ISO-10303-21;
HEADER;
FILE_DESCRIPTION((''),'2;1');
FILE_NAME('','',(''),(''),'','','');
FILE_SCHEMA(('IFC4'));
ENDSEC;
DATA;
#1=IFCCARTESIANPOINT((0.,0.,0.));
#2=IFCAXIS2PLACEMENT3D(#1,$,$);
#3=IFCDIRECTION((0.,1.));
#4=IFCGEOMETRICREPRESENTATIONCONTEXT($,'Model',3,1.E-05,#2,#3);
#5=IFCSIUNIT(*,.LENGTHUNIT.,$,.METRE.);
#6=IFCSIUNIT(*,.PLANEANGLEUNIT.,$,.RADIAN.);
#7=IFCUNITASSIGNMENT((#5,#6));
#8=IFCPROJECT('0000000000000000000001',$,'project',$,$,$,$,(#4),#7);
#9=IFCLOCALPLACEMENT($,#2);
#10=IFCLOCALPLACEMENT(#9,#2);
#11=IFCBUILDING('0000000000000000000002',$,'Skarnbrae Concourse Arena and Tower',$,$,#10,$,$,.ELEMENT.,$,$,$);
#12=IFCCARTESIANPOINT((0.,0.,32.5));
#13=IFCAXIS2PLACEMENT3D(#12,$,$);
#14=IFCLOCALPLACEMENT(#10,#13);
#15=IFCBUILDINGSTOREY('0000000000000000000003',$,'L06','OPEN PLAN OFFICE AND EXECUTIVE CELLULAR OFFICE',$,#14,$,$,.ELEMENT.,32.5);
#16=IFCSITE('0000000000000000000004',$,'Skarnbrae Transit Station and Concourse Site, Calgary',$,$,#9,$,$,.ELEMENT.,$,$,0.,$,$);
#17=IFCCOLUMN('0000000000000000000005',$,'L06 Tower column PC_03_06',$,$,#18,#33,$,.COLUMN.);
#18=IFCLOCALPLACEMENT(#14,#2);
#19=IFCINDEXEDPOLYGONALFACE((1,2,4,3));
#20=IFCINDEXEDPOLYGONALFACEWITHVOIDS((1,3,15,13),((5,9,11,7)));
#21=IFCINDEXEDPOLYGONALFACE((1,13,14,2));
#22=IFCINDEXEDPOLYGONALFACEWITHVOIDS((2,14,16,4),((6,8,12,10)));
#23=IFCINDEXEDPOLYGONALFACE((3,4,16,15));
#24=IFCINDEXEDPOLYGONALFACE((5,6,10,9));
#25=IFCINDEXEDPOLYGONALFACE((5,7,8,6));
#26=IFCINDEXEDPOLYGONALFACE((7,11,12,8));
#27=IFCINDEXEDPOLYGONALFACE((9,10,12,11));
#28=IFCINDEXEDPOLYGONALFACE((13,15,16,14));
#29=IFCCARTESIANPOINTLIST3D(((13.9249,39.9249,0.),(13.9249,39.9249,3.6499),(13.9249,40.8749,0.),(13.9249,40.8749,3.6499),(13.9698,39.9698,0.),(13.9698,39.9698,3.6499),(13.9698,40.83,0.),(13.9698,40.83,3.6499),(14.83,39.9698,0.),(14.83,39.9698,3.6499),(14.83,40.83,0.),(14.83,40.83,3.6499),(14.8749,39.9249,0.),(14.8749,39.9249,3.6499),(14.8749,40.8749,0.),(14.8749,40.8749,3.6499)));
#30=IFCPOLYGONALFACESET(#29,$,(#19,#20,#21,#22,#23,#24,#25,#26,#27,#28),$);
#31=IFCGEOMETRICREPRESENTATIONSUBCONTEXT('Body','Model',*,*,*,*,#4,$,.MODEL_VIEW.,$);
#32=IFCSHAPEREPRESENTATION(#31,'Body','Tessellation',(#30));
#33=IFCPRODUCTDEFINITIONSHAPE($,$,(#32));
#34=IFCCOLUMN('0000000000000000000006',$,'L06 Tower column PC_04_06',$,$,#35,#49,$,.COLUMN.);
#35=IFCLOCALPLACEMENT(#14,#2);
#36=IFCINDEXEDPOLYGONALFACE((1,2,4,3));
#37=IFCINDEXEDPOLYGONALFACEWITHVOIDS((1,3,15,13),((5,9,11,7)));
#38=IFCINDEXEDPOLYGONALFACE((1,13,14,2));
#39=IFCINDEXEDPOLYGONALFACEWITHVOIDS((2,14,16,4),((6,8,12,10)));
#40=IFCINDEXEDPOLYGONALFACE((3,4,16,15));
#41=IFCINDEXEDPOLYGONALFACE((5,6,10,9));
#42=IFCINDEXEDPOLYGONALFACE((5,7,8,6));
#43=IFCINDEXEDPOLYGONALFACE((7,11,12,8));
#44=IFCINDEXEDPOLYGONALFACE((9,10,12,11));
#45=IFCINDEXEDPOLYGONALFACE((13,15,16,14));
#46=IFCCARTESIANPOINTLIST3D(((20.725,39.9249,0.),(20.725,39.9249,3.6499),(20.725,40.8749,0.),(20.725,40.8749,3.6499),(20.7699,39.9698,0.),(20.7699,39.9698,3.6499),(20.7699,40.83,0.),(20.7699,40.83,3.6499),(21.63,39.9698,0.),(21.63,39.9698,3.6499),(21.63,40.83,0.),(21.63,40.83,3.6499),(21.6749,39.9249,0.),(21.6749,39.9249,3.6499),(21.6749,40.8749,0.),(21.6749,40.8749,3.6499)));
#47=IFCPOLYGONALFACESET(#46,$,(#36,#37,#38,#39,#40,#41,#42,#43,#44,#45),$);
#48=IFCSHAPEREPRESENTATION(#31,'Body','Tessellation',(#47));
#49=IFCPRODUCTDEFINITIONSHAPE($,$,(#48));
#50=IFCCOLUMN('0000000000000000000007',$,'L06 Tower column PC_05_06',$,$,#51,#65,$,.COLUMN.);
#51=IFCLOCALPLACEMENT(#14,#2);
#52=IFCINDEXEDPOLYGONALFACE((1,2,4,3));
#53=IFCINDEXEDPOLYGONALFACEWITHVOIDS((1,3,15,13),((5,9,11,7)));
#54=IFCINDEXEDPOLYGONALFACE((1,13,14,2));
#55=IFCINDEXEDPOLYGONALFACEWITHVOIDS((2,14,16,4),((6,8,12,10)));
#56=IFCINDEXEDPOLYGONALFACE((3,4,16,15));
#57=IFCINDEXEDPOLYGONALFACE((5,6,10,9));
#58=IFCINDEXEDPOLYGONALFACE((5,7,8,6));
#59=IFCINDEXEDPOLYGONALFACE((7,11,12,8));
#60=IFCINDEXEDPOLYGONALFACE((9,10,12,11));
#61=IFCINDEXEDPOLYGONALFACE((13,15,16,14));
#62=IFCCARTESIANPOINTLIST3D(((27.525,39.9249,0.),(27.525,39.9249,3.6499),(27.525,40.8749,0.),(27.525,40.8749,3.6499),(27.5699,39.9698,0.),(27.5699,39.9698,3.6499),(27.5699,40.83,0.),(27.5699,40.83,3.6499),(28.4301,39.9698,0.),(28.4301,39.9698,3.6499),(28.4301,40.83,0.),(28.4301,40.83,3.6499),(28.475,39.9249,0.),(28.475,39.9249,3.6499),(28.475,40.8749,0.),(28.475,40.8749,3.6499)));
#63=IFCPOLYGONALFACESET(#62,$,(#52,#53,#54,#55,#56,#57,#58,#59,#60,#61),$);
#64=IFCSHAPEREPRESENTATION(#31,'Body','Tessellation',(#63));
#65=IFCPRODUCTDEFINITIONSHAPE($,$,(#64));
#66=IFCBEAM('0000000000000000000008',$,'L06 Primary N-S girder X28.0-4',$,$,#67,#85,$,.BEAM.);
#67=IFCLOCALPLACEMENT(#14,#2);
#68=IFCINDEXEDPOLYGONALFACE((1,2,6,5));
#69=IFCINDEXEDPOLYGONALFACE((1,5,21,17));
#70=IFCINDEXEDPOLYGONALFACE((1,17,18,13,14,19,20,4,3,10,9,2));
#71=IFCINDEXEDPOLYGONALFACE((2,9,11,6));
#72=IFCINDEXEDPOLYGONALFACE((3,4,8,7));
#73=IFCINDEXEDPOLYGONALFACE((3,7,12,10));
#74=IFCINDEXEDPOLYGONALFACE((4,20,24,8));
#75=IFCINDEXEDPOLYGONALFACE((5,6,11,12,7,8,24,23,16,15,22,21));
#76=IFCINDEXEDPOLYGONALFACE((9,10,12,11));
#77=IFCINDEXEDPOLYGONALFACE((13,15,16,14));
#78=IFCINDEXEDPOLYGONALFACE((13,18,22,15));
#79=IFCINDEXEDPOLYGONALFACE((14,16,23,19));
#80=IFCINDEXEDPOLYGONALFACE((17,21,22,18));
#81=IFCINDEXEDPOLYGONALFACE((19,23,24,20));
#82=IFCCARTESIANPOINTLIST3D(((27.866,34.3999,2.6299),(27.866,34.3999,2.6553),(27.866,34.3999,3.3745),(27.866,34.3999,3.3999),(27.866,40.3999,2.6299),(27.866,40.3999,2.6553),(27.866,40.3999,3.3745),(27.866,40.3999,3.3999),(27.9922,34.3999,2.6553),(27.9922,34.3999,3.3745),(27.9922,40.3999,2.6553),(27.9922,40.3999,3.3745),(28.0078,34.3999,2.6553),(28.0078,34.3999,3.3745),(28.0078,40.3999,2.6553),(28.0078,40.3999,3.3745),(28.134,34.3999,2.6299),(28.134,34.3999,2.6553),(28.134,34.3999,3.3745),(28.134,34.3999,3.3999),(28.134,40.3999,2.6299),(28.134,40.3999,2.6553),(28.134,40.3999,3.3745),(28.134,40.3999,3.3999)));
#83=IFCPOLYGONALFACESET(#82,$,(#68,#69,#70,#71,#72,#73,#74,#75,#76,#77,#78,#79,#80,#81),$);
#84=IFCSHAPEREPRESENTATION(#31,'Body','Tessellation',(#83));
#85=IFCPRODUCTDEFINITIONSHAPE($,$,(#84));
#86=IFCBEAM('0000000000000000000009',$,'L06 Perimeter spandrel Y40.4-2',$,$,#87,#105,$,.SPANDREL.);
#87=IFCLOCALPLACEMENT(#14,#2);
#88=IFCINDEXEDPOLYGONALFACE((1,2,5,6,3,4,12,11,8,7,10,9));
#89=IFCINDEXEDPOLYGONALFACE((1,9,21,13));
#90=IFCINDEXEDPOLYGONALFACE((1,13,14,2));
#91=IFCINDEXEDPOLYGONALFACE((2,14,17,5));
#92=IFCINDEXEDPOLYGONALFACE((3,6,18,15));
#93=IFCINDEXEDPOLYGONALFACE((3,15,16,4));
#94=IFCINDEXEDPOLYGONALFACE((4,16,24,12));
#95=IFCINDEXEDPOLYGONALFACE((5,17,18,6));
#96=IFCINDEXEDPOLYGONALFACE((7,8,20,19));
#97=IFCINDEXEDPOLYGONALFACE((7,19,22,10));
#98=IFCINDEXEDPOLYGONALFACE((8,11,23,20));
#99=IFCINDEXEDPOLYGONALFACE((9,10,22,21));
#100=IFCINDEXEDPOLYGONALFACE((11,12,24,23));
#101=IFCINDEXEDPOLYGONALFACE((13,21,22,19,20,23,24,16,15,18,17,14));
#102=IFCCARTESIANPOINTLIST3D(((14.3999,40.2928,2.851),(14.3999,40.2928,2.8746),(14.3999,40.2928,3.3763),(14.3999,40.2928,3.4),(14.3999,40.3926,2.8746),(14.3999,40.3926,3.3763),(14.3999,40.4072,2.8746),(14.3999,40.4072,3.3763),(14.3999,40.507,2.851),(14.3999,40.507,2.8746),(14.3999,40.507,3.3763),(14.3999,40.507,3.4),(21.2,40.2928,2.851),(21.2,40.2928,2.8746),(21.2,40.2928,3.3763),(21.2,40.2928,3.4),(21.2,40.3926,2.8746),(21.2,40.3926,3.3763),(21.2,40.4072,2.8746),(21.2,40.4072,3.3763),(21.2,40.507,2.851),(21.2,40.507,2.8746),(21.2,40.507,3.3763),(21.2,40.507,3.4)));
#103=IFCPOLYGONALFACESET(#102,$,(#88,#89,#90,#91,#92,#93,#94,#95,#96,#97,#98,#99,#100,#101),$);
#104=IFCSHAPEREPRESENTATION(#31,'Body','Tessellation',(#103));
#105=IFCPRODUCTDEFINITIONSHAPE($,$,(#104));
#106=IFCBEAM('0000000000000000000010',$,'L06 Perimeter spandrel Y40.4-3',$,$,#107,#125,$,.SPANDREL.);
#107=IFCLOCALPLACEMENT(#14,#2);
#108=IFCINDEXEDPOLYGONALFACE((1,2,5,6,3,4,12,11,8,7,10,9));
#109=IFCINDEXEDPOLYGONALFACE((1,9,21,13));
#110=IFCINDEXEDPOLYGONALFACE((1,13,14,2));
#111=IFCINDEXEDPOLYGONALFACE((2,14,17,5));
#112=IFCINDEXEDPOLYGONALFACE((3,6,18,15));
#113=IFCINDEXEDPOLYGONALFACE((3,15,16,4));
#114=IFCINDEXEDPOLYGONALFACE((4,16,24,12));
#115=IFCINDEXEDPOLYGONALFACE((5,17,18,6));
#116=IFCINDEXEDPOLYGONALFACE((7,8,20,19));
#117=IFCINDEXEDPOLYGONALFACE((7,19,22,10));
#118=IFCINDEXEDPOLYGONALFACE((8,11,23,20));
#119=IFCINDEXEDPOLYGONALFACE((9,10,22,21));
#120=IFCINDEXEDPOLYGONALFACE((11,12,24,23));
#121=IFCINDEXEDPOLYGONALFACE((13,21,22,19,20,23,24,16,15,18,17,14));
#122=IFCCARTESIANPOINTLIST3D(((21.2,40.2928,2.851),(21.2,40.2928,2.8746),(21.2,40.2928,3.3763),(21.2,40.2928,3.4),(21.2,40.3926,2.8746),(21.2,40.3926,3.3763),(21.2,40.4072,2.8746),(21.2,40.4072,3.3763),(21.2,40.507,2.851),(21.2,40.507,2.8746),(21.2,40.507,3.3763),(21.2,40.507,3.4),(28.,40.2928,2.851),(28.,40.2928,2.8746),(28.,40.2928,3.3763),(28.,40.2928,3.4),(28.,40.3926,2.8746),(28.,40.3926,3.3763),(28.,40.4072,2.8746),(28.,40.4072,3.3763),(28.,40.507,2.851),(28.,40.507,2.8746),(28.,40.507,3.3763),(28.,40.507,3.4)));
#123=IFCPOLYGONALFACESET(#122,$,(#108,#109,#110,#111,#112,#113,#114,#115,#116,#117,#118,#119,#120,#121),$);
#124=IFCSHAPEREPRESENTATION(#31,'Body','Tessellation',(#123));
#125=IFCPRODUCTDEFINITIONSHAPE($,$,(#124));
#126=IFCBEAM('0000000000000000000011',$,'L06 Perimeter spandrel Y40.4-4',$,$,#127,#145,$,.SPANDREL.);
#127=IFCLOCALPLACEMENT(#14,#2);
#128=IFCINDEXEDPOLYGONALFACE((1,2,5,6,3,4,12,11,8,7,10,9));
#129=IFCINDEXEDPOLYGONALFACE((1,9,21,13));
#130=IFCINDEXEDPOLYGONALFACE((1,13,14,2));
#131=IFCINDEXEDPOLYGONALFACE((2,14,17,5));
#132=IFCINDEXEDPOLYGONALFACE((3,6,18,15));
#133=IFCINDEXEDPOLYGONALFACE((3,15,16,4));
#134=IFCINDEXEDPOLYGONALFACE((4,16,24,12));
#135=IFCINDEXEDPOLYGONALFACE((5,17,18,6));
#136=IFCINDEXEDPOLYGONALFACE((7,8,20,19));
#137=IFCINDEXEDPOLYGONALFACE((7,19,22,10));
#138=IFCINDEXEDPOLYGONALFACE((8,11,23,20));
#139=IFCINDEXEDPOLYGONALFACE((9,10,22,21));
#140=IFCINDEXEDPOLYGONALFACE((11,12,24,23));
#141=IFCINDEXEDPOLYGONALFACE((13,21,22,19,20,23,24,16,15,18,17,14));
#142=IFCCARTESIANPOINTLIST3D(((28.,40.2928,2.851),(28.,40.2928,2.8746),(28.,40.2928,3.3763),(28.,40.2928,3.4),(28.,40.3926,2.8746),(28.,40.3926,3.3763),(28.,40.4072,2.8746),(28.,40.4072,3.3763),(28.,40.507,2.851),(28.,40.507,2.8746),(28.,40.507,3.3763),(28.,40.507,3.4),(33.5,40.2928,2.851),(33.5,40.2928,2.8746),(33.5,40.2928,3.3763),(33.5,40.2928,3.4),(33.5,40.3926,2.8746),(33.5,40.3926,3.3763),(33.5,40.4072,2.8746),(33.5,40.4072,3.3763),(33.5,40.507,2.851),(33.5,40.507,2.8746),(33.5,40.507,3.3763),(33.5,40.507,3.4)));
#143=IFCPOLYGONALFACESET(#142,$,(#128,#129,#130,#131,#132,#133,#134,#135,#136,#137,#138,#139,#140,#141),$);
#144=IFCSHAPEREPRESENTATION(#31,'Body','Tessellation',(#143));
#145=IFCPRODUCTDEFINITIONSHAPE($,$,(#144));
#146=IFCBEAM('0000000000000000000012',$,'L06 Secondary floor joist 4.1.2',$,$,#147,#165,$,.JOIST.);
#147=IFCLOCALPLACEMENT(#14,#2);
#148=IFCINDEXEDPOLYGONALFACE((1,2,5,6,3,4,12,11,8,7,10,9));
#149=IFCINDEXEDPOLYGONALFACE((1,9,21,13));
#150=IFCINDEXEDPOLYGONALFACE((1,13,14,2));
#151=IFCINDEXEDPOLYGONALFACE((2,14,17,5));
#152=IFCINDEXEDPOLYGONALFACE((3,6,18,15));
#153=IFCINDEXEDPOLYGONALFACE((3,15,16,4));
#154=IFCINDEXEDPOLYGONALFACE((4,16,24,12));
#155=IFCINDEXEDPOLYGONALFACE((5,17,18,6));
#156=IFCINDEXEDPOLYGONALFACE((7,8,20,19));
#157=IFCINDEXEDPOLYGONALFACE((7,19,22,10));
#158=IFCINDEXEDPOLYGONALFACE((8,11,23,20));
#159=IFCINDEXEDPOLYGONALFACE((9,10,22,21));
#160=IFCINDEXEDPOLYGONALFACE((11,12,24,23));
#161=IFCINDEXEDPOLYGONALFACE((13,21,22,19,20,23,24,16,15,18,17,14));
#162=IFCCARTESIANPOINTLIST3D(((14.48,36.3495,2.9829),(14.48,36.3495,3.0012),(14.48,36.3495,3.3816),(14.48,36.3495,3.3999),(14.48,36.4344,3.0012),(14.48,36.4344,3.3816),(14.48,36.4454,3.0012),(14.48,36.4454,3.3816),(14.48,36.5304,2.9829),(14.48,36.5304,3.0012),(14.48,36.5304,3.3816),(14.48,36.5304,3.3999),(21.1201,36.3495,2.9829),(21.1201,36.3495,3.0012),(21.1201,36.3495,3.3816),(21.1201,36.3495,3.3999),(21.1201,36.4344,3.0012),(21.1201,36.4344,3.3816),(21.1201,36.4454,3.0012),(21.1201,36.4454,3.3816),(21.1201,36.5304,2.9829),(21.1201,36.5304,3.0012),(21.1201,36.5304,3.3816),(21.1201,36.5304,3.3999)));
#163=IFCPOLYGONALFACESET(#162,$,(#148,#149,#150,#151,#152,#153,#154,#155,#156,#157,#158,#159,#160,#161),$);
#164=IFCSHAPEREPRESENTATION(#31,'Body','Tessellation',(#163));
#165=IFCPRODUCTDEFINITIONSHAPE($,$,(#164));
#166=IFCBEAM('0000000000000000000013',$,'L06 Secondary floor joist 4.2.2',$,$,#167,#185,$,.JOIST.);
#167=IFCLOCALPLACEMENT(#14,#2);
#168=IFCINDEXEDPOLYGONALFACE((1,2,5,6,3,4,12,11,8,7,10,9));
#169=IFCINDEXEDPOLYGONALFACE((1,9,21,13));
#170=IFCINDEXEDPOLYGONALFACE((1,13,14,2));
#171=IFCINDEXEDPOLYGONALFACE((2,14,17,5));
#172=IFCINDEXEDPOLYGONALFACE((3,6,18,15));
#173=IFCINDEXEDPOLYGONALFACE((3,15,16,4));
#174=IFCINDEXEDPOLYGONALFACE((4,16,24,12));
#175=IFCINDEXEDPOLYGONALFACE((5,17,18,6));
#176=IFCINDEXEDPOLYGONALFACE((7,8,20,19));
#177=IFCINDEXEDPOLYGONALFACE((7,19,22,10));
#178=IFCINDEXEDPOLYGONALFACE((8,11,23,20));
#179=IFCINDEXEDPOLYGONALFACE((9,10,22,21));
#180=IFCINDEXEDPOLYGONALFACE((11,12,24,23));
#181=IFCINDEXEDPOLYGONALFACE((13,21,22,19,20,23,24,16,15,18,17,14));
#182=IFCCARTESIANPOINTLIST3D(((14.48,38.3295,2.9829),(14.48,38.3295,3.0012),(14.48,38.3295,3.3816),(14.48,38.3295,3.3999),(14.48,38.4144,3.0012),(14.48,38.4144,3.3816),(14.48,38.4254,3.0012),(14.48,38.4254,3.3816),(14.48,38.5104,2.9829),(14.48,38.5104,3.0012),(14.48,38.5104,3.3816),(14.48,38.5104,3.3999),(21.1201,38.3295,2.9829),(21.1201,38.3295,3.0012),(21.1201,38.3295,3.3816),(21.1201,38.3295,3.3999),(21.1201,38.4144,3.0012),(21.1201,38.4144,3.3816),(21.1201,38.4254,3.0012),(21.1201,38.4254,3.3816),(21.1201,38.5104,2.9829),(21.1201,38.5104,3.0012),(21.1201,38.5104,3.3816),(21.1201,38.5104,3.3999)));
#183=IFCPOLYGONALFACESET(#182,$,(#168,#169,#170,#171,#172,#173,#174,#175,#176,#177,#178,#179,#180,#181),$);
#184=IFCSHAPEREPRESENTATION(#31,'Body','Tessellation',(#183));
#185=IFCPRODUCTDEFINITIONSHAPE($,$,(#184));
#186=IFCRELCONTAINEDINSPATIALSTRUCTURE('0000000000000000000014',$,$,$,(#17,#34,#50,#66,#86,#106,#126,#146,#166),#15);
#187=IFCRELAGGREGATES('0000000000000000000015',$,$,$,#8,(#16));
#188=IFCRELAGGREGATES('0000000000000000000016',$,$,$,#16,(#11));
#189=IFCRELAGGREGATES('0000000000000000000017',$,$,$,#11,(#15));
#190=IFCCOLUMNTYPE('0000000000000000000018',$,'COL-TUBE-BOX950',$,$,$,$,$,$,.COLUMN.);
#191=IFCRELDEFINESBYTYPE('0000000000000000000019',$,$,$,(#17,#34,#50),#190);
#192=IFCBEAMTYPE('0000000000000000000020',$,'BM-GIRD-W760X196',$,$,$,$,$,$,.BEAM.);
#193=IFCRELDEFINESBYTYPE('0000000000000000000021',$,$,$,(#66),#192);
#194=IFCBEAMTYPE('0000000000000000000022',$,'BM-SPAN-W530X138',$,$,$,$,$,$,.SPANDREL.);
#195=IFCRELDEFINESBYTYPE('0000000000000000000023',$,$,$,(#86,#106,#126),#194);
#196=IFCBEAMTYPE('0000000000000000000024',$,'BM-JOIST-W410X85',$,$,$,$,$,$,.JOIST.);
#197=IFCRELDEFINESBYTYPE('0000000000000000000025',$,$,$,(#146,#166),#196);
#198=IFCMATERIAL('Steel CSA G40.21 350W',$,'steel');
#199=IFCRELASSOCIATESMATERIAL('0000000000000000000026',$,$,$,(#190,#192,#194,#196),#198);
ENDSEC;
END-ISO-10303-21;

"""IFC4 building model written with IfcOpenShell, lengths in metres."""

from ifc_helpers import new_model, si_unit, direction, frame, origin, origin_2d, place, context, subcontext, project, spatial, hollow_rectangle, i_section, extrude, source, transform, mapped, material, material_profile, profile_set, type_object, element, save


model = new_model("IFC4")

# Units and contexts
model_context = context("Model", 3, precision=1e-05, world=origin(), true_north=direction((0.0, 1.0)))
body_context = subcontext(model_context, "Body", "Model", "MODEL_VIEW")
ifc_project = project(units=[si_unit("LENGTHUNIT", "METRE"), si_unit("PLANEANGLEUNIT", "RADIAN")], contexts=[model_context])

# Site, building, storey
site_placement = place(None, origin())
site = spatial("IfcSite", under=ifc_project, at=site_placement, Name="Skarnbrae Transit Station and Concourse Site, Calgary", CompositionType="ELEMENT", RefElevation=0.0)
building_placement = place(site_placement, origin())
building = spatial("IfcBuilding", under=site, at=building_placement, Name="Skarnbrae Concourse Arena and Tower", CompositionType="ELEMENT")
storey_placement = place(building_placement, frame((0.0, 0.0, 32.5)))
storey = spatial("IfcBuildingStorey", under=building, at=storey_placement, Name="L06", Description="OPEN PLAN OFFICE AND EXECUTIVE CELLULAR OFFICE", CompositionType="ELEMENT", Elevation=32.5)

# Columns
ifc_material_1 = material(Name="Steel CSA G40.21 350W", Category="steel")
ifc_material_profile_1 = material_profile(ifc_material_1, hollow_rectangle(XDim=0.95, YDim=0.95, WallThickness=0.0449, at=origin_2d()), Name="BOX950X950X45")
ifc_profile_set_1 = profile_set([ifc_material_profile_1], Name="Steel CSA G40.21 350W")
column_type = type_object("IfcColumnType", Name="COL-TUBE-BOX950", PredefinedType="COLUMN", material=ifc_profile_set_1)
shared_shape_1 = source(origin(), body_context, "Body", "SweptSolid", [
    extrude(hollow_rectangle(XDim=0.95, YDim=0.95, WallThickness=0.0449, at=origin_2d()), origin(), (0.0, 0.0, 1.0), 3.6499),
])
for number, where, z_axis, x_axis, name in (
    (1, (14.3999, 40.3999, 0.0), (0.0, 0.0, 1.0), (1.0, 0.0, 0.0), "L06 Tower column PC_03_06"),
    (2, (21.2, 40.3999, 0.0), (0.0, 0.0, 1.0), (1.0, 0.0, 0.0), "L06 Tower column PC_04_06"),
    (3, (28.0, 40.3999, 0.0), (0.0, 0.0, 1.0), (1.0, 0.0, 0.0), "L06 Tower column PC_05_06"),
):
    element("IfcColumn", number, at=place(storey_placement, frame(where, z_axis=z_axis, x_axis=x_axis)), inside=storey, type_object=column_type, Name=name, PredefinedType="COLUMN", context=body_context, shape_type="MappedRepresentation", body=[
        mapped(shared_shape_1, transform((0.0, 0.0, 0.0))),
    ])

# Beams
ifc_material_profile_2 = material_profile(ifc_material_1, i_section(OverallWidth=0.2681, OverallDepth=0.77, WebThickness=0.0156, FlangeThickness=0.0254, at=origin_2d()), Name="W760X196")
ifc_profile_set_2 = profile_set([ifc_material_profile_2], Name="Steel CSA G40.21 350W")
beam_type_1 = type_object("IfcBeamType", Name="BM-GIRD-W760X196", PredefinedType="BEAM", material=ifc_profile_set_2)
shared_shape_2 = source(origin(), body_context, "Body", "SweptSolid", [
    extrude(i_section(OverallWidth=0.2681, OverallDepth=0.77, WebThickness=0.0156, FlangeThickness=0.0254, at=origin_2d()), origin(), (0.0, 0.0, 1.0), 6.0),
])
beam_1_placement = place(storey_placement, frame((28.0, 34.3999, 3.0149), z_axis=(0.0, 1.0, 0.0), x_axis=(-1.0, 0.0, 0.0)))
element("IfcBeam", 4, at=beam_1_placement, inside=storey, type_object=beam_type_1, Name="L06 Primary N-S girder X28.0-4", PredefinedType="BEAM", context=body_context, shape_type="MappedRepresentation", body=[
    mapped(shared_shape_2, transform((0.0, 0.0, 0.0))),
])
ifc_material_profile_3 = material_profile(ifc_material_1, i_section(OverallWidth=0.2141, OverallDepth=0.5491, WebThickness=0.0146, FlangeThickness=0.0237, at=origin_2d()), Name="W530X138")
ifc_profile_set_3 = profile_set([ifc_material_profile_3], Name="Steel CSA G40.21 350W")
beam_type_2 = type_object("IfcBeamType", Name="BM-SPAN-W530X138", PredefinedType="SPANDREL", material=ifc_profile_set_3)
shared_shape_3 = source(origin(), body_context, "Body", "SweptSolid", [
    extrude(i_section(OverallWidth=0.2141, OverallDepth=0.5491, WebThickness=0.0146, FlangeThickness=0.0237, at=origin_2d()), origin(), (0.0, 0.0, 1.0), 6.8),
])
for number, where, z_axis, x_axis, name in (
    (5, (14.3999, 40.3999, 3.1255), (1.0, 0.0, 0.0), (0.0, 1.0, 0.0), "L06 Perimeter spandrel Y40.4-2"),
    (6, (21.2, 40.3999, 3.1255), (1.0, 0.0, 0.0), (0.0, 1.0, 0.0), "L06 Perimeter spandrel Y40.4-3"),
):
    element("IfcBeam", number, at=place(storey_placement, frame(where, z_axis=z_axis, x_axis=x_axis)), inside=storey, type_object=beam_type_2, Name=name, PredefinedType="SPANDREL", context=body_context, shape_type="MappedRepresentation", body=[
        mapped(shared_shape_3, transform((0.0, 0.0, 0.0))),
    ])
shared_shape_4 = source(origin(), body_context, "Body", "SweptSolid", [
    extrude(i_section(OverallWidth=0.2141, OverallDepth=0.5491, WebThickness=0.0146, FlangeThickness=0.0237, at=origin_2d()), origin(), (0.0, 0.0, 1.0), 5.5),
])
beam_2_placement = place(storey_placement, frame((28.0, 40.3999, 3.1255), z_axis=(1.0, 0.0, 0.0), x_axis=(0.0, 1.0, 0.0)))
element("IfcBeam", 7, at=beam_2_placement, inside=storey, type_object=beam_type_2, Name="L06 Perimeter spandrel Y40.4-4", PredefinedType="SPANDREL", context=body_context, shape_type="MappedRepresentation", body=[
    mapped(shared_shape_4, transform((0.0, 0.0, 0.0))),
])
ifc_material_profile_4 = material_profile(ifc_material_1, i_section(OverallWidth=0.1809, OverallDepth=0.417, WebThickness=0.011, FlangeThickness=0.0183, at=origin_2d()), Name="W410X85")
ifc_profile_set_4 = profile_set([ifc_material_profile_4], Name="Steel CSA G40.21 350W")
beam_type_3 = type_object("IfcBeamType", Name="BM-JOIST-W410X85", PredefinedType="JOIST", material=ifc_profile_set_4)
shared_shape_5 = source(origin(), body_context, "Body", "SweptSolid", [
    extrude(i_section(OverallWidth=0.1809, OverallDepth=0.417, WebThickness=0.011, FlangeThickness=0.0183, at=origin_2d()), origin(), (0.0, 0.0, 1.0), 6.6401),
])
for number, where, z_axis, x_axis, name in (
    (8, (14.48, 36.4399, 3.1914), (1.0, 0.0, 0.0), (0.0, 1.0, 0.0), "L06 Secondary floor joist 4.1.2"),
    (9, (14.48, 38.4199, 3.1914), (1.0, 0.0, 0.0), (0.0, 1.0, 0.0), "L06 Secondary floor joist 4.2.2"),
):
    element("IfcBeam", number, at=place(storey_placement, frame(where, z_axis=z_axis, x_axis=x_axis)), inside=storey, type_object=beam_type_3, Name=name, PredefinedType="JOIST", context=body_context, shape_type="MappedRepresentation", body=[
        mapped(shared_shape_5, transform((0.0, 0.0, 0.0))),
    ])

save(model, "model.ifc")
